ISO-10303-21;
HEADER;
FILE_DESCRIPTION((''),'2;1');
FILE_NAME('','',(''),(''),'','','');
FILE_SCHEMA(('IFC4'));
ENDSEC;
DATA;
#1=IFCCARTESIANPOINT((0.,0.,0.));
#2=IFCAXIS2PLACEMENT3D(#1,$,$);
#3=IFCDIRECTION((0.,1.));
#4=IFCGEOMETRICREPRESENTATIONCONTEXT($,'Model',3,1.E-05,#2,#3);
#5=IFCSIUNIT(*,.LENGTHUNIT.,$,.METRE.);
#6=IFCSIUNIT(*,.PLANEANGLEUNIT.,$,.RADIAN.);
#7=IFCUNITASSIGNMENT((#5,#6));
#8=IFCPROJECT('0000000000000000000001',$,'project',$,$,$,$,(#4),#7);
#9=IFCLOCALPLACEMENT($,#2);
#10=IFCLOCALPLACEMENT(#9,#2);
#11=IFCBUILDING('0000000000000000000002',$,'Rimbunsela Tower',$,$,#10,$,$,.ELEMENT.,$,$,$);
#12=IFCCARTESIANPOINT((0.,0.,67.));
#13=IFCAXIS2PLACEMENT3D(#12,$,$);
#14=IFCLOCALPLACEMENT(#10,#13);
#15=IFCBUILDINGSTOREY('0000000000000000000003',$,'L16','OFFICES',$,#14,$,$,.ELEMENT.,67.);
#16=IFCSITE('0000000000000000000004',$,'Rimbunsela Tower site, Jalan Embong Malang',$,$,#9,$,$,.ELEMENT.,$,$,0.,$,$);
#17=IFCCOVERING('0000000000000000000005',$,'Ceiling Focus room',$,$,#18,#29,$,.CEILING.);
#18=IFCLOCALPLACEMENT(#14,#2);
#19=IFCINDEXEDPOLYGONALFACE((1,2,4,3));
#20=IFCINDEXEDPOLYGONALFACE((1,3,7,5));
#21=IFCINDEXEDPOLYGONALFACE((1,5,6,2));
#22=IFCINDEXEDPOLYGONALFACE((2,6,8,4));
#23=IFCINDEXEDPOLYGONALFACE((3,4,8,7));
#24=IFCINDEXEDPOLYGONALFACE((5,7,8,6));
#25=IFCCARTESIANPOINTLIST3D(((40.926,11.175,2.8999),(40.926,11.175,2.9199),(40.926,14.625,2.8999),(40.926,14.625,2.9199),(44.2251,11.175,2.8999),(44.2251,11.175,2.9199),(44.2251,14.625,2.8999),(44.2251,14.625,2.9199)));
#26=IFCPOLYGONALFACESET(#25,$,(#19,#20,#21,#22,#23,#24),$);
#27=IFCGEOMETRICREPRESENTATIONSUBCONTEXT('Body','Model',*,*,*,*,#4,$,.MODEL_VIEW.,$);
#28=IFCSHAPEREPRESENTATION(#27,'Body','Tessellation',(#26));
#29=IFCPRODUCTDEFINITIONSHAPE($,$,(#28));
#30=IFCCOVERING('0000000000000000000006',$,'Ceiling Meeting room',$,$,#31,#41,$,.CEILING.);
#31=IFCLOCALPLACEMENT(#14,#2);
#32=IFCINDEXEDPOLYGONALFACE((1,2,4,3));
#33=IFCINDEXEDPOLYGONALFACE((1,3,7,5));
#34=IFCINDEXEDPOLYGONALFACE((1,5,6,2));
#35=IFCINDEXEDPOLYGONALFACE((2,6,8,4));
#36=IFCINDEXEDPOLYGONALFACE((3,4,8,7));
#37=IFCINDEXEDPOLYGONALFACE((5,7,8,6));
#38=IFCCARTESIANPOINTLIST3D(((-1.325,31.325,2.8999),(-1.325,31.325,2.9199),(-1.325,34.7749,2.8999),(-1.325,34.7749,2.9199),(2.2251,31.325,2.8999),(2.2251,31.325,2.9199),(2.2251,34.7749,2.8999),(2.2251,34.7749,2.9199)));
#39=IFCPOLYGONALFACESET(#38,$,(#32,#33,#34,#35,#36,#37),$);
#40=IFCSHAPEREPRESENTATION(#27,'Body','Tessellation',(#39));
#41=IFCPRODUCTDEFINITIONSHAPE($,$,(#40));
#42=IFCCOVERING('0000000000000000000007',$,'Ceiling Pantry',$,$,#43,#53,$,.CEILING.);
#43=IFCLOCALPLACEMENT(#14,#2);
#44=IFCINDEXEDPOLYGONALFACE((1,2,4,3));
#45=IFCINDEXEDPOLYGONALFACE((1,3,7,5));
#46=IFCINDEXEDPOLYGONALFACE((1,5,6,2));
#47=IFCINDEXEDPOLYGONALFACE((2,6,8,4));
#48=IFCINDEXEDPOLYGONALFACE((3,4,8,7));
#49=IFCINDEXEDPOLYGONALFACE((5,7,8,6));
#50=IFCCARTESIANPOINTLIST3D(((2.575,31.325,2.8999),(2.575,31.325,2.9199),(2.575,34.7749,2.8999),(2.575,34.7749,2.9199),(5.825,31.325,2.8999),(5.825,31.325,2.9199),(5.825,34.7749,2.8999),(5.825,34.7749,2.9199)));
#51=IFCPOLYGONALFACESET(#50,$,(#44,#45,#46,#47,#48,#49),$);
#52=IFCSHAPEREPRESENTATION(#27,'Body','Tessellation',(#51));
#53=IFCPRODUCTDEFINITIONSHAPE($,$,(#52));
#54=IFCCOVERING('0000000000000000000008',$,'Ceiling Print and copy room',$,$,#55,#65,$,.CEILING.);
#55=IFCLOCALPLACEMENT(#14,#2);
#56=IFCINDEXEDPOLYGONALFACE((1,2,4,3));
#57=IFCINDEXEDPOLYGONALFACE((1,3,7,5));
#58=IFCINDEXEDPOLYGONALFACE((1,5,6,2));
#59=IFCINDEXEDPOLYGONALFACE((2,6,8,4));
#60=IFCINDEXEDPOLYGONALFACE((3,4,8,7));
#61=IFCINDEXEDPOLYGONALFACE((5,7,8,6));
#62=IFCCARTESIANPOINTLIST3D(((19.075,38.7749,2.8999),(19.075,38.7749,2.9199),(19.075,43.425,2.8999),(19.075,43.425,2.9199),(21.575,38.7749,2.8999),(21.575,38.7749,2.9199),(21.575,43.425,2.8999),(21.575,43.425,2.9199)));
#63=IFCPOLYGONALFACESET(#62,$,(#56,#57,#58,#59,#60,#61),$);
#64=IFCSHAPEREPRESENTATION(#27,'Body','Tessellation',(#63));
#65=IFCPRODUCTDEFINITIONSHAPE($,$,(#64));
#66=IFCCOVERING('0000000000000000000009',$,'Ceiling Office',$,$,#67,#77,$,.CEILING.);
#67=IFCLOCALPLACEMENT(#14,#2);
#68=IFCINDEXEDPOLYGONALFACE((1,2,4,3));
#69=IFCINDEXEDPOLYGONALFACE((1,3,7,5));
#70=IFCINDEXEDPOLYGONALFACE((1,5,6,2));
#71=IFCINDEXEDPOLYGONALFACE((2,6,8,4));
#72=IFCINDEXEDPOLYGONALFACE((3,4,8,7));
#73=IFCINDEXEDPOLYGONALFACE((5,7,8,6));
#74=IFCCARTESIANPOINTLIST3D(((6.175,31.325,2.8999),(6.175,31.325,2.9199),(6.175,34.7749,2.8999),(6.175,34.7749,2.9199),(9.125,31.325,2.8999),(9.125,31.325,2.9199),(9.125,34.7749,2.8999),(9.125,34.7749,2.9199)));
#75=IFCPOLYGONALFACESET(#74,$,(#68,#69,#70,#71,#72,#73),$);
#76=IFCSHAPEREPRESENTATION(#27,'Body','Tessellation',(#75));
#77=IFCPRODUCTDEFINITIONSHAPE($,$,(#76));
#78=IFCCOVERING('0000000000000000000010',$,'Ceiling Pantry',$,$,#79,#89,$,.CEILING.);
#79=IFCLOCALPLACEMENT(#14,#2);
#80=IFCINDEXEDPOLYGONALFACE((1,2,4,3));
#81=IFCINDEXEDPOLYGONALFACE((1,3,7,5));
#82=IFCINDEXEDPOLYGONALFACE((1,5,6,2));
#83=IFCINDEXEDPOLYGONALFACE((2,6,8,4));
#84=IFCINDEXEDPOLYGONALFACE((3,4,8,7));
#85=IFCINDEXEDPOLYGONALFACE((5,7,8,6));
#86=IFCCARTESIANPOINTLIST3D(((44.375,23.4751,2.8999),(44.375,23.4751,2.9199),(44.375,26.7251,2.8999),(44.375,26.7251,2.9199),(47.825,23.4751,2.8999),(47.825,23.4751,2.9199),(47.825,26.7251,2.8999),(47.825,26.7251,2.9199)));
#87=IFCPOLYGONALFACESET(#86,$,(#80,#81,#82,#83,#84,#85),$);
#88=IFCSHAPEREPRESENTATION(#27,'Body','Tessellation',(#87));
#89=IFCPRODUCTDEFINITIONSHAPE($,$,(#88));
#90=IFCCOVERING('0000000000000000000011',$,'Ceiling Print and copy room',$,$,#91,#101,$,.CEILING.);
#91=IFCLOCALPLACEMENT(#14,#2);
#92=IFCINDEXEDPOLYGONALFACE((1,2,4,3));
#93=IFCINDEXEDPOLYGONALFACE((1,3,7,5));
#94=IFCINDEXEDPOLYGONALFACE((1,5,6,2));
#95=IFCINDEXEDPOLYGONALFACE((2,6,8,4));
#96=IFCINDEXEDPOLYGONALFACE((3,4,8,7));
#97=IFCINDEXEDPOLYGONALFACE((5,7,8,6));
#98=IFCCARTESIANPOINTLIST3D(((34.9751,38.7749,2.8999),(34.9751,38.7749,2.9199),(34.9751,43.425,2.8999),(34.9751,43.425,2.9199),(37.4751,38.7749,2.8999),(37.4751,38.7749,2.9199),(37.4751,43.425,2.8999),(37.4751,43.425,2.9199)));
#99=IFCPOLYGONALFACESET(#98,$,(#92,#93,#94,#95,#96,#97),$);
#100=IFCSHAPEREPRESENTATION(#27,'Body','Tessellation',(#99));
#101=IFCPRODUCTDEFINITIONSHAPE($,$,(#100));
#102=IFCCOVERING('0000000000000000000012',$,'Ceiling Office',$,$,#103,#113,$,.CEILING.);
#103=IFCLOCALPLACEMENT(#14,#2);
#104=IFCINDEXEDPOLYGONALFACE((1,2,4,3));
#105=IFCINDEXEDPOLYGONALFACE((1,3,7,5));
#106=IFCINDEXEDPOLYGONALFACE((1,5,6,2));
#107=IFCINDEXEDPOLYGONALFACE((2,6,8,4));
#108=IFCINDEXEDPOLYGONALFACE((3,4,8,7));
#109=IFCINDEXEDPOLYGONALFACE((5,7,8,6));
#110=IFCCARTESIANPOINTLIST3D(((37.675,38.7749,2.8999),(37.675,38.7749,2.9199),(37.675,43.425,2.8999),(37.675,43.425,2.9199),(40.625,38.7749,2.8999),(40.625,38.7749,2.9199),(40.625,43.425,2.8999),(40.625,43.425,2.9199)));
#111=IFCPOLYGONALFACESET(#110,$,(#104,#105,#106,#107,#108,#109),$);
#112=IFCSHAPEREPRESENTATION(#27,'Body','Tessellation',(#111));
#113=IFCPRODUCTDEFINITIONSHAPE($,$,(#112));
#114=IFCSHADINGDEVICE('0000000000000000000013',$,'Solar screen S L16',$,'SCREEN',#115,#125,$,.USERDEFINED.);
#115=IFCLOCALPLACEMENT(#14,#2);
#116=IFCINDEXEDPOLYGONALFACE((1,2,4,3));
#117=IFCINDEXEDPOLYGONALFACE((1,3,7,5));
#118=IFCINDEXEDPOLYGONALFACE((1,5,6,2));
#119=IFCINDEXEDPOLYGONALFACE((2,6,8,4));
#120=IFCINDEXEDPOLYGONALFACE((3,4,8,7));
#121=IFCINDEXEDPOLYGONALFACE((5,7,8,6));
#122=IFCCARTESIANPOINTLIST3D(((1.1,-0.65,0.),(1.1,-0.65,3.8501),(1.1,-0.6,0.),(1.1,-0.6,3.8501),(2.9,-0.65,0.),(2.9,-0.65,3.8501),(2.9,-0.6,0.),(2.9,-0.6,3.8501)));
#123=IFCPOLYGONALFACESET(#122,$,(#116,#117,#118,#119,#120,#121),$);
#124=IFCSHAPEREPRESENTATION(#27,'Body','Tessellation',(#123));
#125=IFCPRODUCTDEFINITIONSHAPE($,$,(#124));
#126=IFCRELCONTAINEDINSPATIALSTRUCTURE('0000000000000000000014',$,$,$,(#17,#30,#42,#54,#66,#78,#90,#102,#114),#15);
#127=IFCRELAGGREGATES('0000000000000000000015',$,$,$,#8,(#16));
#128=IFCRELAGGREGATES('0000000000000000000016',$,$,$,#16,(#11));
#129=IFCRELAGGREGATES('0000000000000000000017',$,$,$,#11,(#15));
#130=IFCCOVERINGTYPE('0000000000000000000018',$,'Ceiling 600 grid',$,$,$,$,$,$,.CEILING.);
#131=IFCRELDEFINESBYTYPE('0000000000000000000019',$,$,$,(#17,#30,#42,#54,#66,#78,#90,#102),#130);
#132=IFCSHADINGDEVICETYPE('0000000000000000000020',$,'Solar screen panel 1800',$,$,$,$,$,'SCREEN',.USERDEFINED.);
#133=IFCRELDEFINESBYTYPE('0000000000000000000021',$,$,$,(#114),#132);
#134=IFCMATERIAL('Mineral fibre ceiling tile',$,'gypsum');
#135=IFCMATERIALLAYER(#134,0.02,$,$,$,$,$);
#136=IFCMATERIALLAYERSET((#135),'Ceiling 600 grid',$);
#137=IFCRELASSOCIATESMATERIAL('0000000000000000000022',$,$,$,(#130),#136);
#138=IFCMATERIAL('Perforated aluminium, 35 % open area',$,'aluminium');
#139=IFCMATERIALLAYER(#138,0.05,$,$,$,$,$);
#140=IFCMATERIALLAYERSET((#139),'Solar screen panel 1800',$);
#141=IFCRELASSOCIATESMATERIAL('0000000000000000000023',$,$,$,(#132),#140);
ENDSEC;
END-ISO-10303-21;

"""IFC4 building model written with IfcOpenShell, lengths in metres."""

from ifc_helpers import new_model, si_unit, direction, frame, origin, origin_2d, place, context, subcontext, project, spatial, polyline, rectangle, outline, extrude, material, layer, layer_set, type_object, element, save


model = new_model("IFC4")

# Units and contexts
model_context = context("Model", 3, precision=1e-05, world=origin(), true_north=direction((0.0, 1.0)))
body_context = subcontext(model_context, "Body", "Model", "MODEL_VIEW")
ifc_project = project(units=[si_unit("LENGTHUNIT", "METRE"), si_unit("PLANEANGLEUNIT", "RADIAN")], contexts=[model_context])

# Site, building, storey
site_placement = place(None, origin())
site = spatial("IfcSite", under=ifc_project, at=site_placement, Name="Rimbunsela Tower site, Jalan Embong Malang", CompositionType="ELEMENT", RefElevation=0.0)
building_placement = place(site_placement, origin())
building = spatial("IfcBuilding", under=site, at=building_placement, Name="Rimbunsela Tower", CompositionType="ELEMENT")
storey_placement = place(building_placement, frame((0.0, 0.0, 67.0)))
storey = spatial("IfcBuildingStorey", under=building, at=storey_placement, Name="L16", Description="OFFICES", CompositionType="ELEMENT", Elevation=67.0)

# Coverings
ifc_material_1 = material(Name="Mineral fibre ceiling tile", Category="gypsum")
ifc_layer_1 = layer(ifc_material_1, 0.02)
ifc_layer_set_1 = layer_set([ifc_layer_1], Name="Ceiling 600 grid")
covering_type_1 = type_object("IfcCoveringType", Name="Ceiling 600 grid", PredefinedType="CEILING", material=ifc_layer_set_1)
covering_1_placement = place(storey_placement, frame((0.0, 0.0, 2.8999)))
element("IfcCovering", 1, at=covering_1_placement, inside=storey, type_object=covering_type_1, Name="Ceiling Focus room", PredefinedType="CEILING", context=body_context, shape_type="SweptSolid", body=[
    extrude(outline(polyline([(44.2251, 11.175), (44.2251, 14.625), (40.926, 14.625), (40.926, 11.175), (44.2251, 11.175)])), origin(), (0.0, 0.0, 1.0), 0.02),
])
covering_2_placement = place(storey_placement, frame((0.0, 0.0, 2.8999)))
element("IfcCovering", 2, at=covering_2_placement, inside=storey, type_object=covering_type_1, Name="Ceiling Meeting room", PredefinedType="CEILING", context=body_context, shape_type="SweptSolid", body=[
    extrude(outline(polyline([(2.2251, 31.325), (2.2251, 34.7749), (-1.325, 34.7749), (-1.325, 31.325), (2.2251, 31.325)])), origin(), (0.0, 0.0, 1.0), 0.02),
])
covering_3_placement = place(storey_placement, frame((0.0, 0.0, 2.8999)))
element("IfcCovering", 3, at=covering_3_placement, inside=storey, type_object=covering_type_1, Name="Ceiling Pantry", PredefinedType="CEILING", context=body_context, shape_type="SweptSolid", body=[
    extrude(outline(polyline([(5.825, 31.325), (5.825, 34.7749), (2.575, 34.7749), (2.575, 31.325), (5.825, 31.325)])), origin(), (0.0, 0.0, 1.0), 0.02),
])
covering_4_placement = place(storey_placement, frame((0.0, 0.0, 2.8999)))
element("IfcCovering", 4, at=covering_4_placement, inside=storey, type_object=covering_type_1, Name="Ceiling Print and copy room", PredefinedType="CEILING", context=body_context, shape_type="SweptSolid", body=[
    extrude(outline(polyline([(21.575, 38.7749), (21.575, 43.425), (19.075, 43.425), (19.075, 38.7749), (21.575, 38.7749)])), origin(), (0.0, 0.0, 1.0), 0.02),
])
covering_5_placement = place(storey_placement, frame((0.0, 0.0, 2.8999)))
element("IfcCovering", 5, at=covering_5_placement, inside=storey, type_object=covering_type_1, Name="Ceiling Office", PredefinedType="CEILING", context=body_context, shape_type="SweptSolid", body=[
    extrude(outline(polyline([(9.125, 31.325), (9.125, 34.7749), (6.175, 34.7749), (6.175, 31.325), (9.125, 31.325)])), origin(), (0.0, 0.0, 1.0), 0.02),
])
covering_6_placement = place(storey_placement, frame((0.0, 0.0, 2.8999)))
element("IfcCovering", 6, at=covering_6_placement, inside=storey, type_object=covering_type_1, Name="Ceiling Pantry", PredefinedType="CEILING", context=body_context, shape_type="SweptSolid", body=[
    extrude(outline(polyline([(47.825, 23.4751), (47.825, 26.7251), (44.375, 26.7251), (44.375, 23.4751), (47.825, 23.4751)])), origin(), (0.0, 0.0, 1.0), 0.02),
])
covering_7_placement = place(storey_placement, frame((0.0, 0.0, 2.8999)))
element("IfcCovering", 7, at=covering_7_placement, inside=storey, type_object=covering_type_1, Name="Ceiling Print and copy room", PredefinedType="CEILING", context=body_context, shape_type="SweptSolid", body=[
    extrude(outline(polyline([(37.4751, 38.7749), (37.4751, 43.425), (34.9751, 43.425), (34.9751, 38.7749), (37.4751, 38.7749)])), origin(), (0.0, 0.0, 1.0), 0.02),
])
covering_8_placement = place(storey_placement, frame((0.0, 0.0, 2.8999)))
element("IfcCovering", 8, at=covering_8_placement, inside=storey, type_object=covering_type_1, Name="Ceiling Office", PredefinedType="CEILING", context=body_context, shape_type="SweptSolid", body=[
    extrude(outline(polyline([(40.625, 38.7749), (40.625, 43.425), (37.675, 43.425), (37.675, 38.7749), (40.625, 38.7749)])), origin(), (0.0, 0.0, 1.0), 0.02),
])

# Shading device
ifc_material_2 = material(Name="Perforated aluminium, 35 % open area", Category="aluminium")
ifc_layer_2 = layer(ifc_material_2, 0.05)
ifc_layer_set_2 = layer_set([ifc_layer_2], Name="Solar screen panel 1800")
shading_device_type = type_object("IfcShadingDeviceType", Name="Solar screen panel 1800", ElementType="SCREEN", PredefinedType="USERDEFINED", material=ifc_layer_set_2)
shading_device_placement = place(storey_placement, frame((2.0, -0.625, 0.0), z_axis=(0.0, 0.0, 1.0), x_axis=(1.0, 0.0, 0.0)))
element("IfcShadingDevice", 9, at=shading_device_placement, inside=storey, type_object=shading_device_type, Name="Solar screen S L16", ObjectType="SCREEN", PredefinedType="USERDEFINED", context=body_context, shape_type="SweptSolid", body=[
    extrude(rectangle(XDim=1.8, YDim=0.05, at=origin_2d()), origin(), (0.0, 0.0, 1.0), 3.8501),
])

save(model, "model.ifc")
